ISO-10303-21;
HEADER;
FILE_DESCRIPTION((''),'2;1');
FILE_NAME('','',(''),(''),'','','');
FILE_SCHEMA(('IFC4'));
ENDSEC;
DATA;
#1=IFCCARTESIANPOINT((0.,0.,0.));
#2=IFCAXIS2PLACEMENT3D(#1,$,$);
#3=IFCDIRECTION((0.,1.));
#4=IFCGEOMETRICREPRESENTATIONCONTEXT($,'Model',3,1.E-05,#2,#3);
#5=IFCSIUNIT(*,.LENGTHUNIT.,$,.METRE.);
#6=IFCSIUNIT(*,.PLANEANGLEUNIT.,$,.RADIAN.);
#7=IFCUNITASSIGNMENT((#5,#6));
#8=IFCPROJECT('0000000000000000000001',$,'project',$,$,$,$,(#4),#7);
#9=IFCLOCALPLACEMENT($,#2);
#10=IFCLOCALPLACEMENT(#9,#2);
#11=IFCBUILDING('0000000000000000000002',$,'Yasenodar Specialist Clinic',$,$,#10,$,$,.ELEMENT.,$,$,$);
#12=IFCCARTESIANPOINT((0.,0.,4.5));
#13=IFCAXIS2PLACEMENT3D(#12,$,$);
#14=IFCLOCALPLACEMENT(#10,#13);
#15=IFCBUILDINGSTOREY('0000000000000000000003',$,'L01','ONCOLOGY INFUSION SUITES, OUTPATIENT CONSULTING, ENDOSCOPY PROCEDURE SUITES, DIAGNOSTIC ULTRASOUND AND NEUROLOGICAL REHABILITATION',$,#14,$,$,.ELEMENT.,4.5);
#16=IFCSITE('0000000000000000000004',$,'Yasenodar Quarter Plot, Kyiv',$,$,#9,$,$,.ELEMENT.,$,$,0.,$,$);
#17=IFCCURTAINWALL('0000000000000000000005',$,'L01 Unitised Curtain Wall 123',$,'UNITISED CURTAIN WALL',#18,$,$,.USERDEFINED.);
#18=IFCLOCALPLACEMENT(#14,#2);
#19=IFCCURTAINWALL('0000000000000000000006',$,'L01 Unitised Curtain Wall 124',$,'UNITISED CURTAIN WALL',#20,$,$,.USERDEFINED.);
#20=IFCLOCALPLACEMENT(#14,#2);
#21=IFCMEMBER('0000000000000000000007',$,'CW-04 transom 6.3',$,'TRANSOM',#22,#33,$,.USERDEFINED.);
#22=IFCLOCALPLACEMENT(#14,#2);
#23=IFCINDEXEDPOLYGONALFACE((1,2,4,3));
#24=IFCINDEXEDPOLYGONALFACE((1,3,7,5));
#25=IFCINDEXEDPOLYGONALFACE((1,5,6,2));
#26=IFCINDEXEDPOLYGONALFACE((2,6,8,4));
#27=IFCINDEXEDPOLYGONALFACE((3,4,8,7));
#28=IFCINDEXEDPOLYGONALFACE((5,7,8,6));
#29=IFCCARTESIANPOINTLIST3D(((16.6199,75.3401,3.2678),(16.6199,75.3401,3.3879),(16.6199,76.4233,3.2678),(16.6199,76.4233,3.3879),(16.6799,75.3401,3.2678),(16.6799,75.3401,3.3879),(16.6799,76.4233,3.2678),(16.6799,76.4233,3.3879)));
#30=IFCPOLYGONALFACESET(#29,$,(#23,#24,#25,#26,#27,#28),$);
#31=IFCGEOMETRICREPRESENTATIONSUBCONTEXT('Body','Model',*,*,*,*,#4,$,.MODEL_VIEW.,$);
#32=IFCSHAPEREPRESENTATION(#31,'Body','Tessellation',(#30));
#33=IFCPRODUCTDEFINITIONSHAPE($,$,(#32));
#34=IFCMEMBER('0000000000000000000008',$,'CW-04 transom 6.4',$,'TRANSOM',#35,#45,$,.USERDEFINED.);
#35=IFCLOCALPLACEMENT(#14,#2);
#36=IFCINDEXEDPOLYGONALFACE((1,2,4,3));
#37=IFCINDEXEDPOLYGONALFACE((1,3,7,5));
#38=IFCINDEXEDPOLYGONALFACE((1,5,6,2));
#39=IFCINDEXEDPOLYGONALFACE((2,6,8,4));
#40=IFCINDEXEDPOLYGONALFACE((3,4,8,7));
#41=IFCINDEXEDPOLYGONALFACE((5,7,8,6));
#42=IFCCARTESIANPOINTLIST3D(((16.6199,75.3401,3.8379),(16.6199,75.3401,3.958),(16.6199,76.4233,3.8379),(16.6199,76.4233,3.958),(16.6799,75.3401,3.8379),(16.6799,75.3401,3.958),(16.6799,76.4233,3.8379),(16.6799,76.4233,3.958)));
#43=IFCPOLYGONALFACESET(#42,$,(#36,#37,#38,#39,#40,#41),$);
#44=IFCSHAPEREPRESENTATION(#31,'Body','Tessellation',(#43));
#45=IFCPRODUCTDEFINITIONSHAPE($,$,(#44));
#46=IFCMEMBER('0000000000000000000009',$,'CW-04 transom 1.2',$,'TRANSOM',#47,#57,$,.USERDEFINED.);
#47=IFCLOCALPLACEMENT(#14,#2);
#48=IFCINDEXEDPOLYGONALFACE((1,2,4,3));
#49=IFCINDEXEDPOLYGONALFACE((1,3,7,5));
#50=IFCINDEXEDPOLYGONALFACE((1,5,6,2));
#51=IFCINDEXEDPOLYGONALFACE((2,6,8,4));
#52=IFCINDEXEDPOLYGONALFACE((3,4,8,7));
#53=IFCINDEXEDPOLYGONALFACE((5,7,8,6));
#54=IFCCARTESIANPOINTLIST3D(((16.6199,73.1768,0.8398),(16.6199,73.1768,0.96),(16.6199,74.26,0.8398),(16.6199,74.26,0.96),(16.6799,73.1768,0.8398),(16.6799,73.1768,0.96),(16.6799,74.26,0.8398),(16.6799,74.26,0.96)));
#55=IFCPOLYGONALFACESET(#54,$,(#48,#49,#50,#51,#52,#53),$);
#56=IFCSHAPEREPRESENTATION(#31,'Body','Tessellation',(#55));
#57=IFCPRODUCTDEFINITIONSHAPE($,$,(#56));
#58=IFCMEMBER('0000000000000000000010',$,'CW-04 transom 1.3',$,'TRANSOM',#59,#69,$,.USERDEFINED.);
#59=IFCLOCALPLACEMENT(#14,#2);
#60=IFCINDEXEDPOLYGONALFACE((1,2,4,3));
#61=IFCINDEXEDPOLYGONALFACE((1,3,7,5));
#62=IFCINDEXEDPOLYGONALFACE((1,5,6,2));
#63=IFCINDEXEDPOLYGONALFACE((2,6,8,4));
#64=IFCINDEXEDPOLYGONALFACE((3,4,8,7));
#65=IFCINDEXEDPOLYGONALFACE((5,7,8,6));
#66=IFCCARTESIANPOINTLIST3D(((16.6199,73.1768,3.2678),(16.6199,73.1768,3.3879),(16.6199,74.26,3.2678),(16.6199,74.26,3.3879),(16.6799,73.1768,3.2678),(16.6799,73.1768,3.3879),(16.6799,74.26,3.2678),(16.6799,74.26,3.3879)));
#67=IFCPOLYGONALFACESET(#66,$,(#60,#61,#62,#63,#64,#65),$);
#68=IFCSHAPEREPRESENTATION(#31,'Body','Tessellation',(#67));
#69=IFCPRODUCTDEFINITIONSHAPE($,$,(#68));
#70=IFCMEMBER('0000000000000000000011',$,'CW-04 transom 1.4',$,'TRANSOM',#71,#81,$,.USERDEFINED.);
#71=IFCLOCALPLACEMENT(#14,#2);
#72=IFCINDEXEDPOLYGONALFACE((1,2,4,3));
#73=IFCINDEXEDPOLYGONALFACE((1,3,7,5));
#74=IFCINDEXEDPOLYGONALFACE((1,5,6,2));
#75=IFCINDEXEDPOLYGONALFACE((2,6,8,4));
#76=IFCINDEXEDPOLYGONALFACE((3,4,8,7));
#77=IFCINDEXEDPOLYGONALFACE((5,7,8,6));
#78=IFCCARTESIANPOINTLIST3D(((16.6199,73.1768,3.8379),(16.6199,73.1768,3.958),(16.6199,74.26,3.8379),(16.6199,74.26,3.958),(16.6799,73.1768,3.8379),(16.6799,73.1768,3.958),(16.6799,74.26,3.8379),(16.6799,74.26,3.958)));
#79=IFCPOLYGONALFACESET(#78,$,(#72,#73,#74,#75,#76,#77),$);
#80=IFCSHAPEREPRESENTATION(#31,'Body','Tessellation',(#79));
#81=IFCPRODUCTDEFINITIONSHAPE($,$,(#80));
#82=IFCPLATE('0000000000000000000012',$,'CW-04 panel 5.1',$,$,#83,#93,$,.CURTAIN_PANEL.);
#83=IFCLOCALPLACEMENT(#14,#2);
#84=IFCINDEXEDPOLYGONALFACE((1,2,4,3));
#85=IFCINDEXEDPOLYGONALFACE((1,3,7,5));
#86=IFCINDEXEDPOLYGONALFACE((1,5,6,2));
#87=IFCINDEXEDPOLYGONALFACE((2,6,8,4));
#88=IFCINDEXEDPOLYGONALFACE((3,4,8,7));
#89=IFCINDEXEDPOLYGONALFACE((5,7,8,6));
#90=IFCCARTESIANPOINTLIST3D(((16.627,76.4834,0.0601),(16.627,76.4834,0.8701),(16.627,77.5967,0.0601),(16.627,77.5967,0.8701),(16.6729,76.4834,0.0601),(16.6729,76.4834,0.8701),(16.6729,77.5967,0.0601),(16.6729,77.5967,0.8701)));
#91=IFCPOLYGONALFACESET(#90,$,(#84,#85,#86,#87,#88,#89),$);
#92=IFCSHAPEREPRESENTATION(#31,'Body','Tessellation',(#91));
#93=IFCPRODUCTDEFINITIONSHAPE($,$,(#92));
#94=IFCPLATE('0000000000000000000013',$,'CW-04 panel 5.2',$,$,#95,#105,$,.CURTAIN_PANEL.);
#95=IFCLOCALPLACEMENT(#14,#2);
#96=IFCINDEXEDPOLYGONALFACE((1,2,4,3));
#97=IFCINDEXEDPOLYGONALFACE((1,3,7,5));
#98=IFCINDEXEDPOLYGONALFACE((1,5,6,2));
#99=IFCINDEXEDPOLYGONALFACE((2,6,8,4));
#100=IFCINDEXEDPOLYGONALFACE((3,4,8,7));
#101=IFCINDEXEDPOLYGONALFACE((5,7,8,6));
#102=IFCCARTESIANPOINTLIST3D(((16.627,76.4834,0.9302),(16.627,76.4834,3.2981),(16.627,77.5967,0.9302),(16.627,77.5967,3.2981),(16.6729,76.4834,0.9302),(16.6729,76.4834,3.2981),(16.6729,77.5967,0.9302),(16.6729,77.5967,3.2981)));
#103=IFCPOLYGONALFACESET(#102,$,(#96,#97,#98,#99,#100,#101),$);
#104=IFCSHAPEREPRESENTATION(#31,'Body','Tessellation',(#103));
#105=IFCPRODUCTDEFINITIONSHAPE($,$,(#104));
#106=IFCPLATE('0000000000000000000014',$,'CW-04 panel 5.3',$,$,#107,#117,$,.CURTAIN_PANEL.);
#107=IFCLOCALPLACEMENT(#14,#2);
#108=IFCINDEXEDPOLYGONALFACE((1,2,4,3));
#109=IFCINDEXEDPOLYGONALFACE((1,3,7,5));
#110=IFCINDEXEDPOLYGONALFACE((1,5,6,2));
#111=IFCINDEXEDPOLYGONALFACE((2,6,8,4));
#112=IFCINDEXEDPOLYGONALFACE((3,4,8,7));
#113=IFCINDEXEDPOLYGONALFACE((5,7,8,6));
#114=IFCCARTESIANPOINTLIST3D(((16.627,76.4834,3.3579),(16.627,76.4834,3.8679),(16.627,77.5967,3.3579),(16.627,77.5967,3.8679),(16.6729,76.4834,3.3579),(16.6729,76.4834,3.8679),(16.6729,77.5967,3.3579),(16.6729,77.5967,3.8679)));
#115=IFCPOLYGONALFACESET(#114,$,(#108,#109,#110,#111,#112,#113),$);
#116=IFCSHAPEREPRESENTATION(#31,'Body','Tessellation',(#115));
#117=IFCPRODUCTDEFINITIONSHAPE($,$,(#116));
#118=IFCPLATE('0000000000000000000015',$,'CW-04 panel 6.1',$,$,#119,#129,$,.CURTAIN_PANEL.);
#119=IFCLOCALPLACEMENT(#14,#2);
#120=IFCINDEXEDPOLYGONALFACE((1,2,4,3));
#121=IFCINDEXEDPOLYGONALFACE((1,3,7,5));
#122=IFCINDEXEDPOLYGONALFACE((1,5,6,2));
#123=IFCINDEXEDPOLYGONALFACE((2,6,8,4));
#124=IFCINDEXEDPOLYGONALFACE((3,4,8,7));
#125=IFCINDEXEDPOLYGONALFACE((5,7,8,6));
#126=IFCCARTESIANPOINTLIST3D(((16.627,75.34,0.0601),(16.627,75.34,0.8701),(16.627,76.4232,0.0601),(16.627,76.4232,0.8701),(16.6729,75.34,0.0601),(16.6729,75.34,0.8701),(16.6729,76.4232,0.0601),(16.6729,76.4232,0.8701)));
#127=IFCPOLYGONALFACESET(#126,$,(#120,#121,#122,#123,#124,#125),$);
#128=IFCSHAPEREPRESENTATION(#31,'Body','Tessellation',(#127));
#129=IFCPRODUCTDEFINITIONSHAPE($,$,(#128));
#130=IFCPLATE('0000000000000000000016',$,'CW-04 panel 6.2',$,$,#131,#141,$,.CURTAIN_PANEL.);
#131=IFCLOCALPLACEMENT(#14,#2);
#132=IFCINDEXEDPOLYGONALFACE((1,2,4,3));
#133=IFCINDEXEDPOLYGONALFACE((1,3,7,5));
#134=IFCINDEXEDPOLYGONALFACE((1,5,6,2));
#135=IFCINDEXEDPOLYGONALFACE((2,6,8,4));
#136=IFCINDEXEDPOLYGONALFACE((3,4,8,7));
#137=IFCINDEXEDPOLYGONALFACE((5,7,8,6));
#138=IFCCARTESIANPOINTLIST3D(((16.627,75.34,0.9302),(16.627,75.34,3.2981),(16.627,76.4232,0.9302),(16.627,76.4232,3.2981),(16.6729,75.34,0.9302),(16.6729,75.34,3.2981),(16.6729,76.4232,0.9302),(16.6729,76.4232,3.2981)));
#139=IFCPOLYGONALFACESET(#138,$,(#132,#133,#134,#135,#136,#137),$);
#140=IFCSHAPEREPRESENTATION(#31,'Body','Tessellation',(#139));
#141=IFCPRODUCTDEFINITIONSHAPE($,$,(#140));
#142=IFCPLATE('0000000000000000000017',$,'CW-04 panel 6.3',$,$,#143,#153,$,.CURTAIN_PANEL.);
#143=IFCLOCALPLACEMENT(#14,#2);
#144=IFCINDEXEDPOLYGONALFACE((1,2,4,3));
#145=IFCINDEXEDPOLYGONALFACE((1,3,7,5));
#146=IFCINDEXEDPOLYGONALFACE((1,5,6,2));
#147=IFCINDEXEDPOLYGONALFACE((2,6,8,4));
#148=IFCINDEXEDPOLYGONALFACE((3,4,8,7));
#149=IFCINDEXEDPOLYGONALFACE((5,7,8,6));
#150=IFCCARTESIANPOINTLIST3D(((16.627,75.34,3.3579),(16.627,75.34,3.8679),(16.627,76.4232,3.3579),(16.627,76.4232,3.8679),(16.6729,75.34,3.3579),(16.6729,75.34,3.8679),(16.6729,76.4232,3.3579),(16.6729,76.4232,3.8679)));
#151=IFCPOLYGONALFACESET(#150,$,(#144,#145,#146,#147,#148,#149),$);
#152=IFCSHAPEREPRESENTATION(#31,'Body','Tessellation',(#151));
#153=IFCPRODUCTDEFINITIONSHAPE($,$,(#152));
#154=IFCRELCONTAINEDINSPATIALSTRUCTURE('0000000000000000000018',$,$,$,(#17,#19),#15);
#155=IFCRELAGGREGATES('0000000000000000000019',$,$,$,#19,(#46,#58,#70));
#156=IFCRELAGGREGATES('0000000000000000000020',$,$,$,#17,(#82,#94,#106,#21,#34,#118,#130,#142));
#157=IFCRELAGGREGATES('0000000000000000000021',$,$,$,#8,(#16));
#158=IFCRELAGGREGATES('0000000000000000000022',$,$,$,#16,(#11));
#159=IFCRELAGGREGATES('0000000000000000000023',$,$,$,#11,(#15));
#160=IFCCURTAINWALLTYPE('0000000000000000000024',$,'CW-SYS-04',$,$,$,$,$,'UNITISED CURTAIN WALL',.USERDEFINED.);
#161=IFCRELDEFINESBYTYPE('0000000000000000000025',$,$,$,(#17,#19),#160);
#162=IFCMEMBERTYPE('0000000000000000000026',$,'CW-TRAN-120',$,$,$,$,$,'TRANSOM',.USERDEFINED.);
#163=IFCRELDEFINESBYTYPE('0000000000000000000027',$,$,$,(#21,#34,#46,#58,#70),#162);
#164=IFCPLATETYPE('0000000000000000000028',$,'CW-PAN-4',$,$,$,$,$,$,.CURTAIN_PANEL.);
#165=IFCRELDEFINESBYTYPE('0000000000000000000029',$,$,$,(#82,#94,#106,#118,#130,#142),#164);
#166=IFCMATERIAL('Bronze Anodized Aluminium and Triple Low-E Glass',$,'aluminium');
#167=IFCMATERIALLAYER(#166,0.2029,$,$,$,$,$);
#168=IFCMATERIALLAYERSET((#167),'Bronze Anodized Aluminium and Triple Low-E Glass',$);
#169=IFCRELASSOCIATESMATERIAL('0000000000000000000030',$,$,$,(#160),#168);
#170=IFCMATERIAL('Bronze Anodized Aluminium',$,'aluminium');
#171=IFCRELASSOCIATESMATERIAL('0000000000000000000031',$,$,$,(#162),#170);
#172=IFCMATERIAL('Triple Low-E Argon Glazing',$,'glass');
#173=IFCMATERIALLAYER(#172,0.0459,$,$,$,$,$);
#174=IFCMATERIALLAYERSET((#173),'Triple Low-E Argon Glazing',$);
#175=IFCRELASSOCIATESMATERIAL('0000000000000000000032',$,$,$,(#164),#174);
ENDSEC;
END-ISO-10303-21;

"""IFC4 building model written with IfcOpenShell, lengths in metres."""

from ifc_helpers import new_model, si_unit, direction, frame, origin, origin_2d, place, context, subcontext, project, spatial, rectangle, extrude, material, layer, layer_set, material_profile, profile_set, type_object, element, aggregate, save


model = new_model("IFC4")

# Units and contexts
model_context = context("Model", 3, precision=1e-05, world=origin(), true_north=direction((0.0, 1.0)))
body_context = subcontext(model_context, "Body", "Model", "MODEL_VIEW")
ifc_project = project(units=[si_unit("LENGTHUNIT", "METRE"), si_unit("PLANEANGLEUNIT", "RADIAN")], contexts=[model_context])

# Site, building, storey
site_placement = place(None, origin())
site = spatial("IfcSite", under=ifc_project, at=site_placement, Name="Yasenodar Quarter Plot, Kyiv", CompositionType="ELEMENT", RefElevation=0.0)
building_placement = place(site_placement, origin())
building = spatial("IfcBuilding", under=site, at=building_placement, Name="Yasenodar Specialist Clinic", CompositionType="ELEMENT")
storey_placement = place(building_placement, frame((0.0, 0.0, 4.5)))
storey = spatial("IfcBuildingStorey", under=building, at=storey_placement, Name="L01", Description="ONCOLOGY INFUSION SUITES, OUTPATIENT CONSULTING, ENDOSCOPY PROCEDURE SUITES, DIAGNOSTIC ULTRASOUND AND NEUROLOGICAL REHABILITATION", CompositionType="ELEMENT", Elevation=4.5)

# Curtain wall
ifc_material_1 = material(Name="Bronze Anodized Aluminium and Triple Low-E Glass", Category="aluminium")
ifc_layer_1 = layer(ifc_material_1, 0.2029)
ifc_layer_set_1 = layer_set([ifc_layer_1], Name="Bronze Anodized Aluminium and Triple Low-E Glass")
curtain_wall_type = type_object("IfcCurtainWallType", Name="CW-SYS-04", ElementType="UNITISED CURTAIN WALL", PredefinedType="USERDEFINED", material=ifc_layer_set_1)
curtain_wall_1_placement = place(storey_placement, origin())
curtain_wall_1 = element("IfcCurtainWall", 1, at=curtain_wall_1_placement, inside=storey, type_object=curtain_wall_type, Name="L01 Unitised Curtain Wall 123", ObjectType="UNITISED CURTAIN WALL", PredefinedType="USERDEFINED")
ifc_material_2 = material(Name="Bronze Anodized Aluminium", Category="aluminium")

# Curtain wall
curtain_wall_2_placement = place(storey_placement, origin())
curtain_wall_2 = element("IfcCurtainWall", 2, at=curtain_wall_2_placement, inside=storey, type_object=curtain_wall_type, Name="L01 Unitised Curtain Wall 124", ObjectType="UNITISED CURTAIN WALL", PredefinedType="USERDEFINED")

# Members
ifc_material_profile_1 = material_profile(ifc_material_2, rectangle(XDim=0.0601, YDim=0.1201, at=origin_2d()), Name="CW-TRAN 60x120")
ifc_profile_set_1 = profile_set([ifc_material_profile_1], Name="Bronze Anodized Aluminium")
member_type_1 = type_object("IfcMemberType", Name="CW-TRAN-120", ElementType="TRANSOM", PredefinedType="USERDEFINED", material=ifc_profile_set_1)
member_1_placement = place(storey_placement, frame((16.6499, 76.4233, 3.3279), z_axis=(0.0, -1.0, 0.0), x_axis=(1.0, 0.0, 0.0)))
member_1 = element("IfcMember", 3, at=member_1_placement, type_object=member_type_1, Name="CW-04 transom 6.3", ObjectType="TRANSOM", PredefinedType="USERDEFINED", context=body_context, shape_type="SweptSolid", body=[
    extrude(rectangle(XDim=0.0601, YDim=0.1201, at=origin_2d()), origin(), (0.0, 0.0, 1.0), 1.0833),
])
member_2_placement = place(storey_placement, frame((16.6499, 76.4233, 3.8979), z_axis=(0.0, -1.0, 0.0), x_axis=(1.0, 0.0, 0.0)))
member_2 = element("IfcMember", 4, at=member_2_placement, type_object=member_type_1, Name="CW-04 transom 6.4", ObjectType="TRANSOM", PredefinedType="USERDEFINED", context=body_context, shape_type="SweptSolid", body=[
    extrude(rectangle(XDim=0.0601, YDim=0.1201, at=origin_2d()), origin(), (0.0, 0.0, 1.0), 1.0833),
])
member_3_placement = place(storey_placement, frame((16.6499, 74.26, 0.8999), z_axis=(0.0, -1.0, 0.0), x_axis=(1.0, 0.0, 0.0)))
member_3 = element("IfcMember", 5, at=member_3_placement, type_object=member_type_1, Name="CW-04 transom 1.2", ObjectType="TRANSOM", PredefinedType="USERDEFINED", context=body_context, shape_type="SweptSolid", body=[
    extrude(rectangle(XDim=0.0601, YDim=0.1201, at=origin_2d()), origin(), (0.0, 0.0, 1.0), 1.0833),
])
member_4_placement = place(storey_placement, frame((16.6499, 74.26, 3.3279), z_axis=(0.0, -1.0, 0.0), x_axis=(1.0, 0.0, 0.0)))
member_4 = element("IfcMember", 6, at=member_4_placement, type_object=member_type_1, Name="CW-04 transom 1.3", ObjectType="TRANSOM", PredefinedType="USERDEFINED", context=body_context, shape_type="SweptSolid", body=[
    extrude(rectangle(XDim=0.0601, YDim=0.1201, at=origin_2d()), origin(), (0.0, 0.0, 1.0), 1.0833),
])
member_5_placement = place(storey_placement, frame((16.6499, 74.26, 3.8979), z_axis=(0.0, -1.0, 0.0), x_axis=(1.0, 0.0, 0.0)))
member_5 = element("IfcMember", 7, at=member_5_placement, type_object=member_type_1, Name="CW-04 transom 1.4", ObjectType="TRANSOM", PredefinedType="USERDEFINED", context=body_context, shape_type="SweptSolid", body=[
    extrude(rectangle(XDim=0.0601, YDim=0.1201, at=origin_2d()), origin(), (0.0, 0.0, 1.0), 1.0833),
])
aggregate(curtain_wall_2, [member_3, member_4, member_5])

# Plates
ifc_material_3 = material(Name="Triple Low-E Argon Glazing", Category="glass")
ifc_layer_2 = layer(ifc_material_3, 0.0459)
ifc_layer_set_2 = layer_set([ifc_layer_2], Name="Triple Low-E Argon Glazing")
plate_type = type_object("IfcPlateType", Name="CW-PAN-4", PredefinedType="CURTAIN_PANEL", material=ifc_layer_set_2)
plate_1_placement = place(storey_placement, frame((16.6499, 77.04, 0.0601), z_axis=(0.0, 0.0, 1.0), x_axis=(0.0, -1.0, 0.0)))
plate_1 = element("IfcPlate", 8, at=plate_1_placement, type_object=plate_type, Name="CW-04 panel 5.1", PredefinedType="CURTAIN_PANEL", context=body_context, shape_type="SweptSolid", body=[
    extrude(rectangle(XDim=1.1133, YDim=0.0459, at=origin_2d()), origin(), (0.0, 0.0, 1.0), 0.8101),
])
plate_2_placement = place(storey_placement, frame((16.6499, 77.04, 0.9302), z_axis=(0.0, 0.0, 1.0), x_axis=(0.0, -1.0, 0.0)))
plate_2 = element("IfcPlate", 9, at=plate_2_placement, type_object=plate_type, Name="CW-04 panel 5.2", PredefinedType="CURTAIN_PANEL", context=body_context, shape_type="SweptSolid", body=[
    extrude(rectangle(XDim=1.1133, YDim=0.0459, at=origin_2d()), origin(), (0.0, 0.0, 1.0), 2.3679),
])
plate_3_placement = place(storey_placement, frame((16.6499, 77.04, 3.3579), z_axis=(0.0, 0.0, 1.0), x_axis=(0.0, -1.0, 0.0)))
plate_3 = element("IfcPlate", 10, at=plate_3_placement, type_object=plate_type, Name="CW-04 panel 5.3", PredefinedType="CURTAIN_PANEL", context=body_context, shape_type="SweptSolid", body=[
    extrude(rectangle(XDim=1.1133, YDim=0.0459, at=origin_2d()), origin(), (0.0, 0.0, 1.0), 0.51),
])
plate_4_placement = place(storey_placement, frame((16.6499, 75.8816, 0.0601), z_axis=(0.0, 0.0, 1.0), x_axis=(0.0, -1.0, 0.0)))
plate_4 = element("IfcPlate", 11, at=plate_4_placement, type_object=plate_type, Name="CW-04 panel 6.1", PredefinedType="CURTAIN_PANEL", context=body_context, shape_type="SweptSolid", body=[
    extrude(rectangle(XDim=1.0833, YDim=0.0459, at=origin_2d()), origin(), (0.0, 0.0, 1.0), 0.8101),
])
plate_5_placement = place(storey_placement, frame((16.6499, 75.8816, 0.9302), z_axis=(0.0, 0.0, 1.0), x_axis=(0.0, -1.0, 0.0)))
plate_5 = element("IfcPlate", 12, at=plate_5_placement, type_object=plate_type, Name="CW-04 panel 6.2", PredefinedType="CURTAIN_PANEL", context=body_context, shape_type="SweptSolid", body=[
    extrude(rectangle(XDim=1.0833, YDim=0.0459, at=origin_2d()), origin(), (0.0, 0.0, 1.0), 2.3679),
])
plate_6_placement = place(storey_placement, frame((16.6499, 75.8816, 3.3579), z_axis=(0.0, 0.0, 1.0), x_axis=(0.0, -1.0, 0.0)))
plate_6 = element("IfcPlate", 13, at=plate_6_placement, type_object=plate_type, Name="CW-04 panel 6.3", PredefinedType="CURTAIN_PANEL", context=body_context, shape_type="SweptSolid", body=[
    extrude(rectangle(XDim=1.0833, YDim=0.0459, at=origin_2d()), origin(), (0.0, 0.0, 1.0), 0.51),
])
aggregate(curtain_wall_1, [plate_1, plate_2, plate_3, member_1, member_2, plate_4, plate_5, plate_6])

save(model, "model.ifc")
